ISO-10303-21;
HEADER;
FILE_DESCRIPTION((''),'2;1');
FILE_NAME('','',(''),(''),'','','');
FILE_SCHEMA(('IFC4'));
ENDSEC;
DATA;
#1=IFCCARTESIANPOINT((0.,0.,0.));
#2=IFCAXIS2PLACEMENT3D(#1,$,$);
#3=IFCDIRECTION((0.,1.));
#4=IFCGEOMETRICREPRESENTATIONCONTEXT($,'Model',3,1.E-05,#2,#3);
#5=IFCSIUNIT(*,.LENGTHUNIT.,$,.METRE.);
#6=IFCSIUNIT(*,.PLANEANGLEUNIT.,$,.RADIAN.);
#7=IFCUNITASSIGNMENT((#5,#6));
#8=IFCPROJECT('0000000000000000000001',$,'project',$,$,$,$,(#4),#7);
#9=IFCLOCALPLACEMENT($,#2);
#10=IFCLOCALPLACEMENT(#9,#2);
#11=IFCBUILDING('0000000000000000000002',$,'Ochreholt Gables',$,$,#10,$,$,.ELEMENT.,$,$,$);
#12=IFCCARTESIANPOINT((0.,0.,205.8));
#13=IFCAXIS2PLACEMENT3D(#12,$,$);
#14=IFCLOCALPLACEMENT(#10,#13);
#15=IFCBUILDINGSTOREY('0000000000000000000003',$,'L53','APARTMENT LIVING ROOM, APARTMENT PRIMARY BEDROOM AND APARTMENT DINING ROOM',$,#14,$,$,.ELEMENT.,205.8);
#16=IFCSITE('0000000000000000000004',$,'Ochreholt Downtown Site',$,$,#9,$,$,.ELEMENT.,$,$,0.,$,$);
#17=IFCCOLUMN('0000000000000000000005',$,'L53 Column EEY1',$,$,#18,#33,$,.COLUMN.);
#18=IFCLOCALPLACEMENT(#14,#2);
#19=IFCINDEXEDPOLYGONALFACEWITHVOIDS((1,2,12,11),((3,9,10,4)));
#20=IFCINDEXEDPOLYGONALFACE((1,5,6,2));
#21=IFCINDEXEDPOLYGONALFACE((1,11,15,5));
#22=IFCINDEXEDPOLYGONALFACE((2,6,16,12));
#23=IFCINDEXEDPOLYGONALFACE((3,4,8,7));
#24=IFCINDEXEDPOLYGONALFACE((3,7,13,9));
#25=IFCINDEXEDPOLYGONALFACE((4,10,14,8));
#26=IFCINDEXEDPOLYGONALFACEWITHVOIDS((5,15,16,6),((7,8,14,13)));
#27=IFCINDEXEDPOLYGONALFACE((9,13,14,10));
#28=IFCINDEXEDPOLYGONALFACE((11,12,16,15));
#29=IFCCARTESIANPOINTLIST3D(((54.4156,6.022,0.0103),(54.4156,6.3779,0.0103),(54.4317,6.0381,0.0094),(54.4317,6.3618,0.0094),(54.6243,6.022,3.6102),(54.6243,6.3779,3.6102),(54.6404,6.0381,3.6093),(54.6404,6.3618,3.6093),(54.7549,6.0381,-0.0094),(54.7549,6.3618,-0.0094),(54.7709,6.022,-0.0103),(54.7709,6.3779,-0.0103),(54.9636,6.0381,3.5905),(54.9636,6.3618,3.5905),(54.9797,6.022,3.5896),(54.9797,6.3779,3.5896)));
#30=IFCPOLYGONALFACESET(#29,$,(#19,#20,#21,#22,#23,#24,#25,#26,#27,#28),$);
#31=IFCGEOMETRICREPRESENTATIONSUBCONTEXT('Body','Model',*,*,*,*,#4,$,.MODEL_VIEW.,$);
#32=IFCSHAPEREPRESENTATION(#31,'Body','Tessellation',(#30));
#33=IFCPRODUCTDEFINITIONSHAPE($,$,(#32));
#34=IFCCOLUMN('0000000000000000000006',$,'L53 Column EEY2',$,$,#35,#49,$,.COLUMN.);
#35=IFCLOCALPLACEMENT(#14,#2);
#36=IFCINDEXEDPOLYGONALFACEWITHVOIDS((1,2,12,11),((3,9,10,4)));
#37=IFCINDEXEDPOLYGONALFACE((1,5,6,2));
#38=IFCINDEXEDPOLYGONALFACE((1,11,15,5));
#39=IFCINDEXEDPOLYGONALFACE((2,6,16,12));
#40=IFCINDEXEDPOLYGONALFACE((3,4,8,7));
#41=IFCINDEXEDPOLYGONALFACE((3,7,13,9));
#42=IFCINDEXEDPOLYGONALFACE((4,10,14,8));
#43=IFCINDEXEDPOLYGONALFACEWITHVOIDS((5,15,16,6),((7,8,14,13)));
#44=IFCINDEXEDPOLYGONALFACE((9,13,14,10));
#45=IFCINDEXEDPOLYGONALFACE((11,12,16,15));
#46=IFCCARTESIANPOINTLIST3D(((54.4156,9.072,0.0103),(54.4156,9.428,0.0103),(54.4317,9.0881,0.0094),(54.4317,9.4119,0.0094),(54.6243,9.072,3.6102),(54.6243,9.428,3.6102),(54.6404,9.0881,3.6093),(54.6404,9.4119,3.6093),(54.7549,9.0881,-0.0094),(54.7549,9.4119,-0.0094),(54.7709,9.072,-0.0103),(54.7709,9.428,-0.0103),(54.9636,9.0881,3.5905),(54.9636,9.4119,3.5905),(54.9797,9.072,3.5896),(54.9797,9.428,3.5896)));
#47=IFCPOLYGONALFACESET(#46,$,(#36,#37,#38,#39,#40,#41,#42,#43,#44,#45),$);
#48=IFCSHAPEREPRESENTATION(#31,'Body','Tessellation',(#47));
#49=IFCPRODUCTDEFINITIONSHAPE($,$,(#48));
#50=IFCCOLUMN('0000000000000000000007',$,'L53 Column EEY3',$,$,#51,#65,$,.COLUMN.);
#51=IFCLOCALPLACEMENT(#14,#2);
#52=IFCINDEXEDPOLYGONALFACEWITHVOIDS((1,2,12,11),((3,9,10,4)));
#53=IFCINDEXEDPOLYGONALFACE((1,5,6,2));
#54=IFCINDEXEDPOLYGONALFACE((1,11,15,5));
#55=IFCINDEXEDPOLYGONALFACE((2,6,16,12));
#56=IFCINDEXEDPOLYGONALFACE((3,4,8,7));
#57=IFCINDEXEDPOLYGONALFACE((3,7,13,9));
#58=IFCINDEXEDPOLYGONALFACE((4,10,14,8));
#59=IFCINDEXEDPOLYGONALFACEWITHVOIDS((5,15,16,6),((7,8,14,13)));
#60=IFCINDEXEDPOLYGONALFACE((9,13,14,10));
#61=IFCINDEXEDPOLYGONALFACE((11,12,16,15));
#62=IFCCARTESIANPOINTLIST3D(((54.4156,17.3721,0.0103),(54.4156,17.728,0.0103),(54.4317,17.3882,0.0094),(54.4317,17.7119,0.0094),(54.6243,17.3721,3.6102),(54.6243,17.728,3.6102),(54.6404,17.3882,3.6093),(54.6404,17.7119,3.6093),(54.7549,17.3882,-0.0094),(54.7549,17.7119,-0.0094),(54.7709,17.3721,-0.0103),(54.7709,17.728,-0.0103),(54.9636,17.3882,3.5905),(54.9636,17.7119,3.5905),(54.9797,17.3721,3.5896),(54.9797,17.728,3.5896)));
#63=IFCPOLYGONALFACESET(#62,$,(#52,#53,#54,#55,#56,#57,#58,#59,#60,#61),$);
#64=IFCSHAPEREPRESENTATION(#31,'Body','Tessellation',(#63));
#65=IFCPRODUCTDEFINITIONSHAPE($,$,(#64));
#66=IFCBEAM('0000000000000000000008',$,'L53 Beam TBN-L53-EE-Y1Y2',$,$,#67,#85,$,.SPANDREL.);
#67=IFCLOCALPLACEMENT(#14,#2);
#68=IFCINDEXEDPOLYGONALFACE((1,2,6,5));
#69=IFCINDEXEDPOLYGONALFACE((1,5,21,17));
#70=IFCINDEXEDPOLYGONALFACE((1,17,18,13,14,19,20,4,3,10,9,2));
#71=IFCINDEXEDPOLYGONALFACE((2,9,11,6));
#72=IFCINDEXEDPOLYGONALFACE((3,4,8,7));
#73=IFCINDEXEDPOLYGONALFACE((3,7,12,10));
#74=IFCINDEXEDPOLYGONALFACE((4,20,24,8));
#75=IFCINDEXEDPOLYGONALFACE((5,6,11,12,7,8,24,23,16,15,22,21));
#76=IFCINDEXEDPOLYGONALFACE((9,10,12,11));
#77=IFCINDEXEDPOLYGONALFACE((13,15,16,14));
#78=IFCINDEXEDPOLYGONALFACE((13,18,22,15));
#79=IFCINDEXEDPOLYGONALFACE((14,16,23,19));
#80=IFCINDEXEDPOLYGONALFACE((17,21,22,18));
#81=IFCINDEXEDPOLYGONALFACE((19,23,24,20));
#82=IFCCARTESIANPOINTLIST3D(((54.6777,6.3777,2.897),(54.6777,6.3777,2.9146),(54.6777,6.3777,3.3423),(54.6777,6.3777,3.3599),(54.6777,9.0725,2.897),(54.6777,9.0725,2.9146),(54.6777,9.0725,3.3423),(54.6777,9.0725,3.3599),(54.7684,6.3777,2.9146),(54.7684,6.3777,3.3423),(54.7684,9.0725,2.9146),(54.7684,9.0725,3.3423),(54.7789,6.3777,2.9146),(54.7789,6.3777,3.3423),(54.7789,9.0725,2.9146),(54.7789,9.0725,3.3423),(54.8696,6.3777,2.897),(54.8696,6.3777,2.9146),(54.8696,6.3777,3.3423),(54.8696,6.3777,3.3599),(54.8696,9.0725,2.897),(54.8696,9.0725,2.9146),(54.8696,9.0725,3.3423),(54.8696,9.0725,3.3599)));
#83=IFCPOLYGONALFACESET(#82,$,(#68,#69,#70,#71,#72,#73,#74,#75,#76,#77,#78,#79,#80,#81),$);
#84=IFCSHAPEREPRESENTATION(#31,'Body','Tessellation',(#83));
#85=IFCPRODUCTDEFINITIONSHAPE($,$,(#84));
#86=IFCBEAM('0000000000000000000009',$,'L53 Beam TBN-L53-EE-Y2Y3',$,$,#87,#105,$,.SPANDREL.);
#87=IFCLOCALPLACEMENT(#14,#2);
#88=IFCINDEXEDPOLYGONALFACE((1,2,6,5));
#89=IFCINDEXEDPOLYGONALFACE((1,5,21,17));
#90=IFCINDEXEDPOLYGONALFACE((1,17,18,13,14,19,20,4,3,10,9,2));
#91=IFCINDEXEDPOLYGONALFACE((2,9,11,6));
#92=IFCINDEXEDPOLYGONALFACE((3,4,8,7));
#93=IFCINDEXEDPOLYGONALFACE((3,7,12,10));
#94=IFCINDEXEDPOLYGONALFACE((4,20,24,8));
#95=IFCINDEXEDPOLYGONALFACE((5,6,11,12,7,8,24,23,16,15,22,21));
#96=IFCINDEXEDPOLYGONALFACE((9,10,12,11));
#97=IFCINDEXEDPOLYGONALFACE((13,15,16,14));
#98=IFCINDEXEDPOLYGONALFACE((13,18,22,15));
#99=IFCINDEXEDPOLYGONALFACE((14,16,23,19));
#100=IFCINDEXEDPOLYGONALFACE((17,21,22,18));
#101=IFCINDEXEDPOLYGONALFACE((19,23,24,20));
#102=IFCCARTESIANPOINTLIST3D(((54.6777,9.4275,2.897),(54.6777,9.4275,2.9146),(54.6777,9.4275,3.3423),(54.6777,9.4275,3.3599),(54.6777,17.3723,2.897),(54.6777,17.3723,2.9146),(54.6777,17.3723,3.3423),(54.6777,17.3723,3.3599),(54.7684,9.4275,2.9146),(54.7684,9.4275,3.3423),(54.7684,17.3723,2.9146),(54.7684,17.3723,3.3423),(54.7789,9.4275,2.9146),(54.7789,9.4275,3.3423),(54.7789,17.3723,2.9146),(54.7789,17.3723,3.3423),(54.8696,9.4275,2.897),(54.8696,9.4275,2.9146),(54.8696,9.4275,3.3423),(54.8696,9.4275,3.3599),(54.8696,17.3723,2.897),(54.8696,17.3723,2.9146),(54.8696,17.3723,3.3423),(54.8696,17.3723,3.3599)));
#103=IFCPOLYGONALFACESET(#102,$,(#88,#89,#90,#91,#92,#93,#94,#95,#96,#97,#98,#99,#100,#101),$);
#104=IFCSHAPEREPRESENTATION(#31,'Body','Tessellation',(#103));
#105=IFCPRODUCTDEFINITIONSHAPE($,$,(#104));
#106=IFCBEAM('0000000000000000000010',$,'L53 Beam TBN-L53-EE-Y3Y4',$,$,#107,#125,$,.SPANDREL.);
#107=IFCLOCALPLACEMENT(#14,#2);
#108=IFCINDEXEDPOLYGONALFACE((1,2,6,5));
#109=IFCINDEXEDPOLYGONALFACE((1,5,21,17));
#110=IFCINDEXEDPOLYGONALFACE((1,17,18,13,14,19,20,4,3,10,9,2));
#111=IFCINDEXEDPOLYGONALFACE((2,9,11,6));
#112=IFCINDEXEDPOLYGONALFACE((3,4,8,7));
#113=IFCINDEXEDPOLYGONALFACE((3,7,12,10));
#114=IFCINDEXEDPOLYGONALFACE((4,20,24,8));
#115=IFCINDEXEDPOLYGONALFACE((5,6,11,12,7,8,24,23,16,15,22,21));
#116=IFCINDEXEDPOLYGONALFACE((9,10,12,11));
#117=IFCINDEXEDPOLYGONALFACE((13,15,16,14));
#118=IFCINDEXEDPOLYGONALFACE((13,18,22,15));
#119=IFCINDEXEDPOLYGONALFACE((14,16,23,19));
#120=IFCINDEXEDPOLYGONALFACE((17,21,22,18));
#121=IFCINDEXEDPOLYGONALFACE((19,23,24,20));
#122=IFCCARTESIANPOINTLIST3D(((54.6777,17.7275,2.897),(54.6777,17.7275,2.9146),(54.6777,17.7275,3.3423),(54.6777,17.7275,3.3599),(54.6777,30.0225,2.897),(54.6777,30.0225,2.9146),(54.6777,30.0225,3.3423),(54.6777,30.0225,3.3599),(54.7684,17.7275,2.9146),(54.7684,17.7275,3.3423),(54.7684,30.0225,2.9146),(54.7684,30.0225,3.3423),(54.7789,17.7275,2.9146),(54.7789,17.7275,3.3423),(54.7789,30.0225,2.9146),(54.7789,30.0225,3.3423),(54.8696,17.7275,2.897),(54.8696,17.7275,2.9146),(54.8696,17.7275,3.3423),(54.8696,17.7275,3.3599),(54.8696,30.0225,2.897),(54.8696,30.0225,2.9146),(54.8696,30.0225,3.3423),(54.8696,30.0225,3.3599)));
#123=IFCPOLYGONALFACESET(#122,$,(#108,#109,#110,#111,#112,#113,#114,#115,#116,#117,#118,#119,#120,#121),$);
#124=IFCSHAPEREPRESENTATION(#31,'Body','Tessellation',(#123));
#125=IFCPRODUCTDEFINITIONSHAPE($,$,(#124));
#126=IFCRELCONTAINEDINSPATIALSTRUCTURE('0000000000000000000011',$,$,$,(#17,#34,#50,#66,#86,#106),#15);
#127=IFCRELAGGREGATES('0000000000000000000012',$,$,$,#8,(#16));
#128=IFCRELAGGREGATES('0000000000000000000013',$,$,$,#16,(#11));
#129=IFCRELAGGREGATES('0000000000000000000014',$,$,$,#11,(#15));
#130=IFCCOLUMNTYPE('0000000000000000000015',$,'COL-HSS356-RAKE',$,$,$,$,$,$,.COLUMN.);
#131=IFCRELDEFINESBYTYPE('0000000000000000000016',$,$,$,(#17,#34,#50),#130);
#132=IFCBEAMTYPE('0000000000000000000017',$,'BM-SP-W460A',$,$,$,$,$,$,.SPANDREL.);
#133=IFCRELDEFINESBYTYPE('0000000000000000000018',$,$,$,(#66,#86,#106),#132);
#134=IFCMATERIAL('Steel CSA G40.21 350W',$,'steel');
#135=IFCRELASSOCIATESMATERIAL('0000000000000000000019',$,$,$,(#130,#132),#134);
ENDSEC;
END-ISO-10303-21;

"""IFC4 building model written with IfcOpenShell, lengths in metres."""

from ifc_helpers import new_model, si_unit, direction, frame, origin, origin_2d, place, context, subcontext, project, spatial, hollow_rectangle, i_section, extrude, material, material_profile, profile_set, type_object, element, save


model = new_model("IFC4")

# Units and contexts
model_context = context("Model", 3, precision=1e-05, world=origin(), true_north=direction((0.0, 1.0)))
body_context = subcontext(model_context, "Body", "Model", "MODEL_VIEW")
ifc_project = project(units=[si_unit("LENGTHUNIT", "METRE"), si_unit("PLANEANGLEUNIT", "RADIAN")], contexts=[model_context])

# Site, building, storey
site_placement = place(None, origin())
site = spatial("IfcSite", under=ifc_project, at=site_placement, Name="Ochreholt Downtown Site", CompositionType="ELEMENT", RefElevation=0.0)
building_placement = place(site_placement, origin())
building = spatial("IfcBuilding", under=site, at=building_placement, Name="Ochreholt Gables", CompositionType="ELEMENT")
storey_placement = place(building_placement, frame((0.0, 0.0, 205.8)))
storey = spatial("IfcBuildingStorey", under=building, at=storey_placement, Name="L53", Description="APARTMENT LIVING ROOM, APARTMENT PRIMARY BEDROOM AND APARTMENT DINING ROOM", CompositionType="ELEMENT", Elevation=205.8)

# Columns
ifc_material_1 = material(Name="Steel CSA G40.21 350W", Category="steel")
ifc_material_profile_1 = material_profile(ifc_material_1, hollow_rectangle(XDim=0.356, YDim=0.356, WallThickness=0.0161, at=origin_2d()), Name="HSS356X356X16")
ifc_profile_set_1 = profile_set([ifc_material_profile_1], Name="Steel CSA G40.21 350W")
column_type = type_object("IfcColumnType", Name="COL-HSS356-RAKE", PredefinedType="COLUMN", material=ifc_profile_set_1)
for number, where, z_axis, x_axis, name in (
    (1, (54.5933, 6.2, 0.0), (0.057889, 0.0, 0.998323), (0.0, 1.0, 0.0), "L53 Column EEY1"),
    (2, (54.5933, 9.25, 0.0), (0.057889, 0.0, 0.998323), (0.0, 1.0, 0.0), "L53 Column EEY2"),
    (3, (54.5933, 17.55, 0.0), (0.057889, 0.0, 0.998323), (0.0, 1.0, 0.0), "L53 Column EEY3"),
):
    element("IfcColumn", number, at=place(storey_placement, frame(where, z_axis=z_axis, x_axis=x_axis)), inside=storey, type_object=column_type, Name=name, PredefinedType="COLUMN", context=body_context, shape_type="SweptSolid", body=[
        extrude(hollow_rectangle(XDim=0.356, YDim=0.356, WallThickness=0.0161, at=origin_2d()), origin(), (0.0, 0.0, 1.0), 3.606),
    ])

# Beams
ifc_material_profile_2 = material_profile(ifc_material_1, i_section(OverallWidth=0.1919, OverallDepth=0.4629, WebThickness=0.0105, FlangeThickness=0.0176, at=origin_2d()), Name="W460X89")
ifc_profile_set_2 = profile_set([ifc_material_profile_2], Name="Steel CSA G40.21 350W")
beam_type = type_object("IfcBeamType", Name="BM-SP-W460A", PredefinedType="SPANDREL", material=ifc_profile_set_2)
beam_1_placement = place(storey_placement, frame((54.7737, 6.3777, 3.1284), z_axis=(0.0, 1.0, 0.0), x_axis=(-1.0, 0.0, 0.0)))
element("IfcBeam", 4, at=beam_1_placement, inside=storey, type_object=beam_type, Name="L53 Beam TBN-L53-EE-Y1Y2", PredefinedType="SPANDREL", context=body_context, shape_type="SweptSolid", body=[
    extrude(i_section(OverallWidth=0.1919, OverallDepth=0.4629, WebThickness=0.0105, FlangeThickness=0.0176, at=origin_2d()), origin(), (0.0, 0.0, 1.0), 2.6948),
])
beam_2_placement = place(storey_placement, frame((54.7737, 9.4275, 3.1284), z_axis=(0.0, 1.0, 0.0), x_axis=(-1.0, 0.0, 0.0)))
element("IfcBeam", 5, at=beam_2_placement, inside=storey, type_object=beam_type, Name="L53 Beam TBN-L53-EE-Y2Y3", PredefinedType="SPANDREL", context=body_context, shape_type="SweptSolid", body=[
    extrude(i_section(OverallWidth=0.1919, OverallDepth=0.4629, WebThickness=0.0105, FlangeThickness=0.0176, at=origin_2d()), origin(), (0.0, 0.0, 1.0), 7.9448),
])
beam_3_placement = place(storey_placement, frame((54.7737, 17.7275, 3.1284), z_axis=(0.0, 1.0, 0.0), x_axis=(-1.0, 0.0, 0.0)))
element("IfcBeam", 6, at=beam_3_placement, inside=storey, type_object=beam_type, Name="L53 Beam TBN-L53-EE-Y3Y4", PredefinedType="SPANDREL", context=body_context, shape_type="SweptSolid", body=[
    extrude(i_section(OverallWidth=0.1919, OverallDepth=0.4629, WebThickness=0.0105, FlangeThickness=0.0176, at=origin_2d()), origin(), (0.0, 0.0, 1.0), 12.2949),
])

save(model, "model.ifc")
